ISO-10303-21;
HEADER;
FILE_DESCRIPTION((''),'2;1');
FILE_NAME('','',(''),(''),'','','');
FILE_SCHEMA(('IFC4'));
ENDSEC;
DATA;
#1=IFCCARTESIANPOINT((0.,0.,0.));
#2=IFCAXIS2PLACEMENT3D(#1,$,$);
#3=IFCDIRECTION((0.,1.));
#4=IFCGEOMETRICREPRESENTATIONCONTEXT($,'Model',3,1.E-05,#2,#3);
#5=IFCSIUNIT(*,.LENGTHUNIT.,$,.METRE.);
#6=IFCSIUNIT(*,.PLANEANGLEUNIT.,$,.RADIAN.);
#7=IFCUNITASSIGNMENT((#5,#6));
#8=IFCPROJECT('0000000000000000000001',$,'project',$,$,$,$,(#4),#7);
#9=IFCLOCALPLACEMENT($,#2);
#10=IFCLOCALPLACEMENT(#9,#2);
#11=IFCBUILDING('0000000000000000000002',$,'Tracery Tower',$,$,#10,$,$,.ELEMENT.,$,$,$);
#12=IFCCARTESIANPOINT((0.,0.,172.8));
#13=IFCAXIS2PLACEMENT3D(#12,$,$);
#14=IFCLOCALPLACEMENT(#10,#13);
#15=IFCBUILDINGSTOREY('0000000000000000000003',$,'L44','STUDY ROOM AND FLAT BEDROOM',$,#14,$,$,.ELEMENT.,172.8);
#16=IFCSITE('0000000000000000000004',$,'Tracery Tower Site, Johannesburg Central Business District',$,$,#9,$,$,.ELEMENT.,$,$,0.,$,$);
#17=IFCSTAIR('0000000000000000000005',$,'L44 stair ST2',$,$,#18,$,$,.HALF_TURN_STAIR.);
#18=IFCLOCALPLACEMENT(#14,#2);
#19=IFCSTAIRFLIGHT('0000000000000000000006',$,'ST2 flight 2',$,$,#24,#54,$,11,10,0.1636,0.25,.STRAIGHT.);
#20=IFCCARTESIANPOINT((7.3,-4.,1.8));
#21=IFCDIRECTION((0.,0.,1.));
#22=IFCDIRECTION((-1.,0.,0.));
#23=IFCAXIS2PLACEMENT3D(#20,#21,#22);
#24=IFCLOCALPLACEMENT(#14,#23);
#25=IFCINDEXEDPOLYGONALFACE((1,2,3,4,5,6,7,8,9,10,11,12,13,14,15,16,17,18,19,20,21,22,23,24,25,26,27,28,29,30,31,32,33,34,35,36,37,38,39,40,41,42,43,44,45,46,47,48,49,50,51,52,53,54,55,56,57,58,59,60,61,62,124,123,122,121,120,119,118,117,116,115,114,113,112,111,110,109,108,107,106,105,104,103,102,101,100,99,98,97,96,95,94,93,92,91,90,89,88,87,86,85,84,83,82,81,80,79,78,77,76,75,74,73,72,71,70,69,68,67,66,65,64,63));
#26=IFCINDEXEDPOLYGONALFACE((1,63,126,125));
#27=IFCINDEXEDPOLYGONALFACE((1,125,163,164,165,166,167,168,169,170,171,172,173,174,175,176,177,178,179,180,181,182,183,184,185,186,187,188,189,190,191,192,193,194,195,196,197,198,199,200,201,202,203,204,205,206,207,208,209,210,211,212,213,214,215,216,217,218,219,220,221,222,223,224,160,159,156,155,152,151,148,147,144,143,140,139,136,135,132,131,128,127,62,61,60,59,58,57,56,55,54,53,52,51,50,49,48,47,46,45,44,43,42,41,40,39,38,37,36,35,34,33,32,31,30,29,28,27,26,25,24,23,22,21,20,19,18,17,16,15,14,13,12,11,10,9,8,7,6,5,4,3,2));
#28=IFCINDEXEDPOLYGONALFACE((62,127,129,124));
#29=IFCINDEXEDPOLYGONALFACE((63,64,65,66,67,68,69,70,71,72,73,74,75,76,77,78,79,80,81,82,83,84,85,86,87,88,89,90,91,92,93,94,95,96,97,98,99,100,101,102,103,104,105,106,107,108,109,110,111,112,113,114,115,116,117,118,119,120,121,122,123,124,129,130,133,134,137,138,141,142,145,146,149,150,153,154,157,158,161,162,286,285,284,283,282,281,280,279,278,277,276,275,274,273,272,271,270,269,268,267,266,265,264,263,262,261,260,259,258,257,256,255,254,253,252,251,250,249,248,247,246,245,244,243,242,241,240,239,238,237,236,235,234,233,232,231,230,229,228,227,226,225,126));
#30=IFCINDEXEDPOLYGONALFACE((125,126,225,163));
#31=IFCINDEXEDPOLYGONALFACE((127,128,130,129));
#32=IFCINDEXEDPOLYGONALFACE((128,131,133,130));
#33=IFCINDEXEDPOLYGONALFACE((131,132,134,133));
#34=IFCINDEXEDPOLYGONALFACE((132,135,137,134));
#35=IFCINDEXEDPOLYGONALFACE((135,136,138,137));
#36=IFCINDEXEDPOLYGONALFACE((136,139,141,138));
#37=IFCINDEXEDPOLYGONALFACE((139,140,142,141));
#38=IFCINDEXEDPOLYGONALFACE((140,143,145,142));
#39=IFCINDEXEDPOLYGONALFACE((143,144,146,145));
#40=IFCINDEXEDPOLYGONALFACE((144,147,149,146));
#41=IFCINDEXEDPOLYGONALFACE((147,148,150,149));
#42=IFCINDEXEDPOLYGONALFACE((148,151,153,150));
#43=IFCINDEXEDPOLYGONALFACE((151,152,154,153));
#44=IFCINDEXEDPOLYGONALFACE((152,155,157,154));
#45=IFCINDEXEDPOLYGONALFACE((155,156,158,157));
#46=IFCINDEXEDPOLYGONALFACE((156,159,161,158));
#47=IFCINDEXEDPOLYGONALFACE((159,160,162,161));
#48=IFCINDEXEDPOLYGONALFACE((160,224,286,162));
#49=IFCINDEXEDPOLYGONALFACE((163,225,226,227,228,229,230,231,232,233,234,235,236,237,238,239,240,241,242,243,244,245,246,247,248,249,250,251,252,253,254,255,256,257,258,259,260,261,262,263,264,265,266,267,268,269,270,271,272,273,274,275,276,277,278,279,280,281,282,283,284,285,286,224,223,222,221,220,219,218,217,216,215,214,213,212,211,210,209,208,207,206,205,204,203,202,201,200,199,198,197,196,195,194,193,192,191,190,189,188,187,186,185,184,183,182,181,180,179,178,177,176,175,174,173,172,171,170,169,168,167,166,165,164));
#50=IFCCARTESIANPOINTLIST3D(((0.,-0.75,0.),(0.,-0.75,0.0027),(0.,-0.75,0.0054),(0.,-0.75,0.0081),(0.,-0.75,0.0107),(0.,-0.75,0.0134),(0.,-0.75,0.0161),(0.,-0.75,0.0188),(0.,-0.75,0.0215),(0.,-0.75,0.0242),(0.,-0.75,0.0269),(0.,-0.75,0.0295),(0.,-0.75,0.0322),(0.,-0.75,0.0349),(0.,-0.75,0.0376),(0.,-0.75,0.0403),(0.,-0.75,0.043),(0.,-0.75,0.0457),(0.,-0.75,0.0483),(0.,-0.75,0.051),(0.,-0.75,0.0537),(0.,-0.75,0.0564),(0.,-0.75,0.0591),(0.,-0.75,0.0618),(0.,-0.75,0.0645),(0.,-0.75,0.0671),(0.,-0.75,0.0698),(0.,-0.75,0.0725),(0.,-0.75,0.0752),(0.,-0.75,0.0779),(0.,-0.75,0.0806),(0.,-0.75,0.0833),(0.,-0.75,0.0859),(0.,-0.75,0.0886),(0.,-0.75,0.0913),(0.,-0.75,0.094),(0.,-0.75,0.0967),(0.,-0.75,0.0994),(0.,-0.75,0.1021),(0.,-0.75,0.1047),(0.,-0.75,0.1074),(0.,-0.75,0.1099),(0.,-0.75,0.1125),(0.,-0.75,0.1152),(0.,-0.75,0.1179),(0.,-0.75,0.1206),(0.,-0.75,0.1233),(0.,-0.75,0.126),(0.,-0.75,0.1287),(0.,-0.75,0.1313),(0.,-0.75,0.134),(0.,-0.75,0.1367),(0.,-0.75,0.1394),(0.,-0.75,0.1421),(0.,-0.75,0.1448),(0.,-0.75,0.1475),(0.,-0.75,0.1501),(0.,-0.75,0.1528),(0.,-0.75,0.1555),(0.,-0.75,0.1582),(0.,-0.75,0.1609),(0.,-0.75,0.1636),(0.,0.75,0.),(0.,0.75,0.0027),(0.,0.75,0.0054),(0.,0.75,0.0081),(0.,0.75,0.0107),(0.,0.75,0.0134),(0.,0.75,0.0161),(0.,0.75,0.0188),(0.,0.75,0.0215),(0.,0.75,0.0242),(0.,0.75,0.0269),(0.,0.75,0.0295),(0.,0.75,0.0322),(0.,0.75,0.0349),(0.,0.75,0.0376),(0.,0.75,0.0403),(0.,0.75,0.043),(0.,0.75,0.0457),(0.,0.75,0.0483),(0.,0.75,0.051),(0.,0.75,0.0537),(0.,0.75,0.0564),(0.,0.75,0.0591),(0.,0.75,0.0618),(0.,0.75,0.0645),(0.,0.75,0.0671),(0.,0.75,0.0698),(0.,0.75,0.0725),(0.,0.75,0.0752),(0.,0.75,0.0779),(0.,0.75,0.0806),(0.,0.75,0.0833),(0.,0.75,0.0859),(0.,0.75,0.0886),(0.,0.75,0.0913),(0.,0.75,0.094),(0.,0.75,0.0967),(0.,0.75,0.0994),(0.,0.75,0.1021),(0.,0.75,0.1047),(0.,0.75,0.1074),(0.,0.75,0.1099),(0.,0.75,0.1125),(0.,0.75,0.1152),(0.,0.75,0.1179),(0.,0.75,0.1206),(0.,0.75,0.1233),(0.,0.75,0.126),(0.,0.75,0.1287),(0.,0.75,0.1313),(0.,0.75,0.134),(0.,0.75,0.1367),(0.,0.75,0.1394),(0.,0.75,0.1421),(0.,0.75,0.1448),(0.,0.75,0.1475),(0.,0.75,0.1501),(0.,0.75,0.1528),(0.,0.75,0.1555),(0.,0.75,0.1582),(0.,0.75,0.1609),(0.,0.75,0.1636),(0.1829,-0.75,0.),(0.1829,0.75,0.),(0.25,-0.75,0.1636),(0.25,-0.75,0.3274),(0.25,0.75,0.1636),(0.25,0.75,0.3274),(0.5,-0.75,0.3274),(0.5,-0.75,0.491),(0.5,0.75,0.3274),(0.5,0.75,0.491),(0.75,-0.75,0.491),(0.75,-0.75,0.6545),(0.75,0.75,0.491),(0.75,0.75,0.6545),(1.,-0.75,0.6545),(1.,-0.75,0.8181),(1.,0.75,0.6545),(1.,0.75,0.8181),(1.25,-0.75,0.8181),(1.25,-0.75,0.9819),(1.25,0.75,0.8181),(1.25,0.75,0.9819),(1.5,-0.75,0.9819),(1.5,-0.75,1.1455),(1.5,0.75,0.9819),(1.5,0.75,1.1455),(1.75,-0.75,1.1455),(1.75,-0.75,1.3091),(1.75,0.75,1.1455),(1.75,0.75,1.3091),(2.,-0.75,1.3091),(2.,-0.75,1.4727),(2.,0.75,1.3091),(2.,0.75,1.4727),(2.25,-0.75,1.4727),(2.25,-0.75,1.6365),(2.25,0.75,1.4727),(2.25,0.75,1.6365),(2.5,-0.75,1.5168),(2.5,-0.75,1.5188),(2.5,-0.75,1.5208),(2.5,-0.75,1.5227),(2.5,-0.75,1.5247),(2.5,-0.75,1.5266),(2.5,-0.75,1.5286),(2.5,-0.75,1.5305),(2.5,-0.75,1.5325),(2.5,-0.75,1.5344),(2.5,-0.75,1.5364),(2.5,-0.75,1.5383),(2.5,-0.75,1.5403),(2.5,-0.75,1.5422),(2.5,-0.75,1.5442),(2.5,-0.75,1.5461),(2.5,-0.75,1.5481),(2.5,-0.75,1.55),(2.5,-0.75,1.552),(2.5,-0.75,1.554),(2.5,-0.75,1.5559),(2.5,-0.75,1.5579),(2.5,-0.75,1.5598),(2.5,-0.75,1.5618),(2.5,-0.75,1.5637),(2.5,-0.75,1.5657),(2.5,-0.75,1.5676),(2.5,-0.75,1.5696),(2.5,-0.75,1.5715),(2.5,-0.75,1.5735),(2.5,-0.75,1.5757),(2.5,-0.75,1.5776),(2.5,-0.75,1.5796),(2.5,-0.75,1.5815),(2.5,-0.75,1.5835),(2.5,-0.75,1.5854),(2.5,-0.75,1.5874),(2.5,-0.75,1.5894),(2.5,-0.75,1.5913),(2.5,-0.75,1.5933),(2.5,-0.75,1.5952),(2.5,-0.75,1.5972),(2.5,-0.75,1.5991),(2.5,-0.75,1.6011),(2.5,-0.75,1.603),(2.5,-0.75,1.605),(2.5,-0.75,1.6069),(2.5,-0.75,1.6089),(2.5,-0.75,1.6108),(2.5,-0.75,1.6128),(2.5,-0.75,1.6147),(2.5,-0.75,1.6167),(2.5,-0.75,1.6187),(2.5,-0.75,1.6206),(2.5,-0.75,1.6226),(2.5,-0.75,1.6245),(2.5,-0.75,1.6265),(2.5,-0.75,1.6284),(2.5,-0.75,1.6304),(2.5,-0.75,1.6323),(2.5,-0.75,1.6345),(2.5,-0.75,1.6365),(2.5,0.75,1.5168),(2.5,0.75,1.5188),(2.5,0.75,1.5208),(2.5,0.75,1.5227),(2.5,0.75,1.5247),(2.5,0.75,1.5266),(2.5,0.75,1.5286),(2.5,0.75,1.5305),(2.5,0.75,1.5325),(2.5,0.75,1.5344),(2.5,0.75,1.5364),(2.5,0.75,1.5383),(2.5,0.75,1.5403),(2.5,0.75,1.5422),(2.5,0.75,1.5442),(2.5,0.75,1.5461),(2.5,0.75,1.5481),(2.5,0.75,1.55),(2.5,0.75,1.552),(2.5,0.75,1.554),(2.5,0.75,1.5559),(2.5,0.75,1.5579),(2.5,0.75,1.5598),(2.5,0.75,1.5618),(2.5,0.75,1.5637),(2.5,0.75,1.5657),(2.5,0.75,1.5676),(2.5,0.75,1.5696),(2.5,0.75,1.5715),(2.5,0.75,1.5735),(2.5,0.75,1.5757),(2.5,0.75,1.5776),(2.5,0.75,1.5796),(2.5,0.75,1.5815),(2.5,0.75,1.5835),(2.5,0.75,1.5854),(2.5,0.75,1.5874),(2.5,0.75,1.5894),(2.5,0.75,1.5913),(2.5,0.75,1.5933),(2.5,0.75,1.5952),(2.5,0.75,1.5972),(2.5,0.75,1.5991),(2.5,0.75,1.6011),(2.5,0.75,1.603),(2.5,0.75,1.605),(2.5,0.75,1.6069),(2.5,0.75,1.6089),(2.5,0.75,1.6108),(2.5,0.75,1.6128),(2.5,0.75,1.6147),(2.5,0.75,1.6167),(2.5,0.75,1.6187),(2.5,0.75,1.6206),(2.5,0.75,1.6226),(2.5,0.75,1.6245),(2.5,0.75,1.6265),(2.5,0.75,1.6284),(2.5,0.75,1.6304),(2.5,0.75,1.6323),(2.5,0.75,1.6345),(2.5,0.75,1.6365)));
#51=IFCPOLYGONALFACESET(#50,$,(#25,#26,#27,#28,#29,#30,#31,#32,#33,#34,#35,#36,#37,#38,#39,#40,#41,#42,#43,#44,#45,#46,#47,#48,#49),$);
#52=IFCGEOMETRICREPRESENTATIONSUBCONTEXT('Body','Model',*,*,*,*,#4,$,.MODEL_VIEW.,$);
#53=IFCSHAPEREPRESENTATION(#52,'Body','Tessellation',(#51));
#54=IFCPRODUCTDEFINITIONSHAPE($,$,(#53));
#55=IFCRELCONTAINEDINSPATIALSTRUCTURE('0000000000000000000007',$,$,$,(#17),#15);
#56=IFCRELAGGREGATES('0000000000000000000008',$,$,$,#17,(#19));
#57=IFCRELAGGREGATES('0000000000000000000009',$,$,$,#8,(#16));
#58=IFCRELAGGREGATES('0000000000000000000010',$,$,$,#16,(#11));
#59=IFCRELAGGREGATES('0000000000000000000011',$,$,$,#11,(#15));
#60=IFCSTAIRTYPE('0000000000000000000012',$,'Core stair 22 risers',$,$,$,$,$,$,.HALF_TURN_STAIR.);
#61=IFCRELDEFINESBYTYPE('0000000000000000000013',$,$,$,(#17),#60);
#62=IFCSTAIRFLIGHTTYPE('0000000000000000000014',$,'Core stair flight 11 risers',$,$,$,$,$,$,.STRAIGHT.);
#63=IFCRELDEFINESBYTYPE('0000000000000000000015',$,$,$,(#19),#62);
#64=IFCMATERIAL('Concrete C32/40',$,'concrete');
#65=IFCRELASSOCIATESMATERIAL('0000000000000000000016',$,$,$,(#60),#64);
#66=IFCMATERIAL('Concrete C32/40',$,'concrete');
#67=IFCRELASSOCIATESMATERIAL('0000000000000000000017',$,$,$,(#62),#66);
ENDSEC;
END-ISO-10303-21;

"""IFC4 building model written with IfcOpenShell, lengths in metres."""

from ifc_helpers import new_model, si_unit, direction, frame, origin, place, context, subcontext, project, spatial, polyline, outline, extrude, material, type_object, element, aggregate, save


model = new_model("IFC4")

# Units and contexts
model_context = context("Model", 3, precision=1e-05, world=origin(), true_north=direction((0.0, 1.0)))
body_context = subcontext(model_context, "Body", "Model", "MODEL_VIEW")
ifc_project = project(units=[si_unit("LENGTHUNIT", "METRE"), si_unit("PLANEANGLEUNIT", "RADIAN")], contexts=[model_context])

# Site, building, storey
site_placement = place(None, origin())
site = spatial("IfcSite", under=ifc_project, at=site_placement, Name="Tracery Tower Site, Johannesburg Central Business District", CompositionType="ELEMENT", RefElevation=0.0)
building_placement = place(site_placement, origin())
building = spatial("IfcBuilding", under=site, at=building_placement, Name="Tracery Tower", CompositionType="ELEMENT")
storey_placement = place(building_placement, frame((0.0, 0.0, 172.8)))
storey = spatial("IfcBuildingStorey", under=building, at=storey_placement, Name="L44", Description="STUDY ROOM AND FLAT BEDROOM", CompositionType="ELEMENT", Elevation=172.8)

# Stair, stair flight
ifc_material_1 = material(Name="Concrete C32/40", Category="concrete")
stair_type = type_object("IfcStairType", Name="Core stair 22 risers", PredefinedType="HALF_TURN_STAIR", material=ifc_material_1)
stair_placement = place(storey_placement, origin())
stair = element("IfcStair", 1, at=stair_placement, inside=storey, type_object=stair_type, Name="L44 stair ST2", PredefinedType="HALF_TURN_STAIR")
ifc_material_2 = material(Name="Concrete C32/40", Category="concrete")
stair_flight_type = type_object("IfcStairFlightType", Name="Core stair flight 11 risers", PredefinedType="STRAIGHT", material=ifc_material_2)
stair_flight_1_placement = place(storey_placement, frame((7.3, -4.0, 1.8), z_axis=(0.0, 0.0, 1.0), x_axis=(-1.0, 0.0, 0.0)))
stair_flight_1 = element("IfcStairFlight", 2, at=stair_flight_1_placement, type_object=stair_flight_type, Name="ST2 flight 2", NumberOfRisers=11, NumberOfTreads=10, PredefinedType="STRAIGHT", RiserHeight=0.1636, TreadLength=0.25, context=body_context, shape_type="SweptSolid", body=[
    extrude(outline(polyline([(0.0, 0.0), (0.0, 0.0027), (0.0, 0.0054), (0.0, 0.0081), (0.0, 0.0107), (0.0, 0.0134), (0.0, 0.0161), (0.0, 0.0188), (0.0, 0.0215), (0.0, 0.0242), (0.0, 0.0269), (0.0, 0.0295), (0.0, 0.0322), (0.0, 0.0349), (0.0, 0.0376), (0.0, 0.0403), (0.0, 0.043), (0.0, 0.0457), (0.0, 0.0483), (0.0, 0.051), (0.0, 0.0537), (0.0, 0.0564), (0.0, 0.0591), (0.0, 0.0618), (0.0, 0.0645), (0.0, 0.0671), (0.0, 0.0698), (0.0, 0.0725), (0.0, 0.0752), (0.0, 0.0779), (0.0, 0.0806), (0.0, 0.0833), (0.0, 0.0859), (0.0, 0.0886), (0.0, 0.0913), (0.0, 0.094), (0.0, 0.0967), (0.0, 0.0994), (0.0, 0.1021), (0.0, 0.1047), (0.0, 0.1074), (0.0, 0.1099), (0.0, 0.1125), (0.0, 0.1152), (0.0, 0.1179), (0.0, 0.1206), (0.0, 0.1233), (0.0, 0.126), (0.0, 0.1287), (0.0, 0.1313), (0.0, 0.134), (0.0, 0.1367), (0.0, 0.1394), (0.0, 0.1421), (0.0, 0.1448), (0.0, 0.1475), (0.0, 0.1501), (0.0, 0.1528), (0.0, 0.1555), (0.0, 0.1582), (0.0, 0.1609), (0.0, 0.1636), (0.25, 0.1636), (0.25, 0.3274), (0.5, 0.3274), (0.5, 0.491), (0.75, 0.491), (0.75, 0.6545), (1.0, 0.6545), (1.0, 0.8181), (1.25, 0.8181), (1.25, 0.9819), (1.5, 0.9819), (1.5, 1.1455), (1.75, 1.1455), (1.75, 1.3091), (2.0, 1.3091), (2.0, 1.4727), (2.25, 1.4727), (2.25, 1.6365), (2.5, 1.6365), (2.5, 1.6345), (2.5, 1.6323), (2.5, 1.6304), (2.5, 1.6284), (2.5, 1.6265), (2.5, 1.6245), (2.5, 1.6226), (2.5, 1.6206), (2.5, 1.6187), (2.5, 1.6167), (2.5, 1.6147), (2.5, 1.6128), (2.5, 1.6108), (2.5, 1.6089), (2.5, 1.6069), (2.5, 1.605), (2.5, 1.603), (2.5, 1.6011), (2.5, 1.5991), (2.5, 1.5972), (2.5, 1.5952), (2.5, 1.5933), (2.5, 1.5913), (2.5, 1.5894), (2.5, 1.5874), (2.5, 1.5854), (2.5, 1.5835), (2.5, 1.5815), (2.5, 1.5796), (2.5, 1.5776), (2.5, 1.5757), (2.5, 1.5735), (2.5, 1.5715), (2.5, 1.5696), (2.5, 1.5676), (2.5, 1.5657), (2.5, 1.5637), (2.5, 1.5618), (2.5, 1.5598), (2.5, 1.5579), (2.5, 1.5559), (2.5, 1.554), (2.5, 1.552), (2.5, 1.55), (2.5, 1.5481), (2.5, 1.5461), (2.5, 1.5442), (2.5, 1.5422), (2.5, 1.5403), (2.5, 1.5383), (2.5, 1.5364), (2.5, 1.5344), (2.5, 1.5325), (2.5, 1.5305), (2.5, 1.5286), (2.5, 1.5266), (2.5, 1.5247), (2.5, 1.5227), (2.5, 1.5208), (2.5, 1.5188), (2.5, 1.5168), (0.1829, 0.0), (0.0, 0.0)])), frame((0.0, 0.75, 0.0), z_axis=(0.0, -1.0, 0.0), x_axis=(1.0, 0.0, 0.0)), (0.0, 0.0, 1.0), 1.5),
])
aggregate(stair, [stair_flight_1])

save(model, "model.ifc")
